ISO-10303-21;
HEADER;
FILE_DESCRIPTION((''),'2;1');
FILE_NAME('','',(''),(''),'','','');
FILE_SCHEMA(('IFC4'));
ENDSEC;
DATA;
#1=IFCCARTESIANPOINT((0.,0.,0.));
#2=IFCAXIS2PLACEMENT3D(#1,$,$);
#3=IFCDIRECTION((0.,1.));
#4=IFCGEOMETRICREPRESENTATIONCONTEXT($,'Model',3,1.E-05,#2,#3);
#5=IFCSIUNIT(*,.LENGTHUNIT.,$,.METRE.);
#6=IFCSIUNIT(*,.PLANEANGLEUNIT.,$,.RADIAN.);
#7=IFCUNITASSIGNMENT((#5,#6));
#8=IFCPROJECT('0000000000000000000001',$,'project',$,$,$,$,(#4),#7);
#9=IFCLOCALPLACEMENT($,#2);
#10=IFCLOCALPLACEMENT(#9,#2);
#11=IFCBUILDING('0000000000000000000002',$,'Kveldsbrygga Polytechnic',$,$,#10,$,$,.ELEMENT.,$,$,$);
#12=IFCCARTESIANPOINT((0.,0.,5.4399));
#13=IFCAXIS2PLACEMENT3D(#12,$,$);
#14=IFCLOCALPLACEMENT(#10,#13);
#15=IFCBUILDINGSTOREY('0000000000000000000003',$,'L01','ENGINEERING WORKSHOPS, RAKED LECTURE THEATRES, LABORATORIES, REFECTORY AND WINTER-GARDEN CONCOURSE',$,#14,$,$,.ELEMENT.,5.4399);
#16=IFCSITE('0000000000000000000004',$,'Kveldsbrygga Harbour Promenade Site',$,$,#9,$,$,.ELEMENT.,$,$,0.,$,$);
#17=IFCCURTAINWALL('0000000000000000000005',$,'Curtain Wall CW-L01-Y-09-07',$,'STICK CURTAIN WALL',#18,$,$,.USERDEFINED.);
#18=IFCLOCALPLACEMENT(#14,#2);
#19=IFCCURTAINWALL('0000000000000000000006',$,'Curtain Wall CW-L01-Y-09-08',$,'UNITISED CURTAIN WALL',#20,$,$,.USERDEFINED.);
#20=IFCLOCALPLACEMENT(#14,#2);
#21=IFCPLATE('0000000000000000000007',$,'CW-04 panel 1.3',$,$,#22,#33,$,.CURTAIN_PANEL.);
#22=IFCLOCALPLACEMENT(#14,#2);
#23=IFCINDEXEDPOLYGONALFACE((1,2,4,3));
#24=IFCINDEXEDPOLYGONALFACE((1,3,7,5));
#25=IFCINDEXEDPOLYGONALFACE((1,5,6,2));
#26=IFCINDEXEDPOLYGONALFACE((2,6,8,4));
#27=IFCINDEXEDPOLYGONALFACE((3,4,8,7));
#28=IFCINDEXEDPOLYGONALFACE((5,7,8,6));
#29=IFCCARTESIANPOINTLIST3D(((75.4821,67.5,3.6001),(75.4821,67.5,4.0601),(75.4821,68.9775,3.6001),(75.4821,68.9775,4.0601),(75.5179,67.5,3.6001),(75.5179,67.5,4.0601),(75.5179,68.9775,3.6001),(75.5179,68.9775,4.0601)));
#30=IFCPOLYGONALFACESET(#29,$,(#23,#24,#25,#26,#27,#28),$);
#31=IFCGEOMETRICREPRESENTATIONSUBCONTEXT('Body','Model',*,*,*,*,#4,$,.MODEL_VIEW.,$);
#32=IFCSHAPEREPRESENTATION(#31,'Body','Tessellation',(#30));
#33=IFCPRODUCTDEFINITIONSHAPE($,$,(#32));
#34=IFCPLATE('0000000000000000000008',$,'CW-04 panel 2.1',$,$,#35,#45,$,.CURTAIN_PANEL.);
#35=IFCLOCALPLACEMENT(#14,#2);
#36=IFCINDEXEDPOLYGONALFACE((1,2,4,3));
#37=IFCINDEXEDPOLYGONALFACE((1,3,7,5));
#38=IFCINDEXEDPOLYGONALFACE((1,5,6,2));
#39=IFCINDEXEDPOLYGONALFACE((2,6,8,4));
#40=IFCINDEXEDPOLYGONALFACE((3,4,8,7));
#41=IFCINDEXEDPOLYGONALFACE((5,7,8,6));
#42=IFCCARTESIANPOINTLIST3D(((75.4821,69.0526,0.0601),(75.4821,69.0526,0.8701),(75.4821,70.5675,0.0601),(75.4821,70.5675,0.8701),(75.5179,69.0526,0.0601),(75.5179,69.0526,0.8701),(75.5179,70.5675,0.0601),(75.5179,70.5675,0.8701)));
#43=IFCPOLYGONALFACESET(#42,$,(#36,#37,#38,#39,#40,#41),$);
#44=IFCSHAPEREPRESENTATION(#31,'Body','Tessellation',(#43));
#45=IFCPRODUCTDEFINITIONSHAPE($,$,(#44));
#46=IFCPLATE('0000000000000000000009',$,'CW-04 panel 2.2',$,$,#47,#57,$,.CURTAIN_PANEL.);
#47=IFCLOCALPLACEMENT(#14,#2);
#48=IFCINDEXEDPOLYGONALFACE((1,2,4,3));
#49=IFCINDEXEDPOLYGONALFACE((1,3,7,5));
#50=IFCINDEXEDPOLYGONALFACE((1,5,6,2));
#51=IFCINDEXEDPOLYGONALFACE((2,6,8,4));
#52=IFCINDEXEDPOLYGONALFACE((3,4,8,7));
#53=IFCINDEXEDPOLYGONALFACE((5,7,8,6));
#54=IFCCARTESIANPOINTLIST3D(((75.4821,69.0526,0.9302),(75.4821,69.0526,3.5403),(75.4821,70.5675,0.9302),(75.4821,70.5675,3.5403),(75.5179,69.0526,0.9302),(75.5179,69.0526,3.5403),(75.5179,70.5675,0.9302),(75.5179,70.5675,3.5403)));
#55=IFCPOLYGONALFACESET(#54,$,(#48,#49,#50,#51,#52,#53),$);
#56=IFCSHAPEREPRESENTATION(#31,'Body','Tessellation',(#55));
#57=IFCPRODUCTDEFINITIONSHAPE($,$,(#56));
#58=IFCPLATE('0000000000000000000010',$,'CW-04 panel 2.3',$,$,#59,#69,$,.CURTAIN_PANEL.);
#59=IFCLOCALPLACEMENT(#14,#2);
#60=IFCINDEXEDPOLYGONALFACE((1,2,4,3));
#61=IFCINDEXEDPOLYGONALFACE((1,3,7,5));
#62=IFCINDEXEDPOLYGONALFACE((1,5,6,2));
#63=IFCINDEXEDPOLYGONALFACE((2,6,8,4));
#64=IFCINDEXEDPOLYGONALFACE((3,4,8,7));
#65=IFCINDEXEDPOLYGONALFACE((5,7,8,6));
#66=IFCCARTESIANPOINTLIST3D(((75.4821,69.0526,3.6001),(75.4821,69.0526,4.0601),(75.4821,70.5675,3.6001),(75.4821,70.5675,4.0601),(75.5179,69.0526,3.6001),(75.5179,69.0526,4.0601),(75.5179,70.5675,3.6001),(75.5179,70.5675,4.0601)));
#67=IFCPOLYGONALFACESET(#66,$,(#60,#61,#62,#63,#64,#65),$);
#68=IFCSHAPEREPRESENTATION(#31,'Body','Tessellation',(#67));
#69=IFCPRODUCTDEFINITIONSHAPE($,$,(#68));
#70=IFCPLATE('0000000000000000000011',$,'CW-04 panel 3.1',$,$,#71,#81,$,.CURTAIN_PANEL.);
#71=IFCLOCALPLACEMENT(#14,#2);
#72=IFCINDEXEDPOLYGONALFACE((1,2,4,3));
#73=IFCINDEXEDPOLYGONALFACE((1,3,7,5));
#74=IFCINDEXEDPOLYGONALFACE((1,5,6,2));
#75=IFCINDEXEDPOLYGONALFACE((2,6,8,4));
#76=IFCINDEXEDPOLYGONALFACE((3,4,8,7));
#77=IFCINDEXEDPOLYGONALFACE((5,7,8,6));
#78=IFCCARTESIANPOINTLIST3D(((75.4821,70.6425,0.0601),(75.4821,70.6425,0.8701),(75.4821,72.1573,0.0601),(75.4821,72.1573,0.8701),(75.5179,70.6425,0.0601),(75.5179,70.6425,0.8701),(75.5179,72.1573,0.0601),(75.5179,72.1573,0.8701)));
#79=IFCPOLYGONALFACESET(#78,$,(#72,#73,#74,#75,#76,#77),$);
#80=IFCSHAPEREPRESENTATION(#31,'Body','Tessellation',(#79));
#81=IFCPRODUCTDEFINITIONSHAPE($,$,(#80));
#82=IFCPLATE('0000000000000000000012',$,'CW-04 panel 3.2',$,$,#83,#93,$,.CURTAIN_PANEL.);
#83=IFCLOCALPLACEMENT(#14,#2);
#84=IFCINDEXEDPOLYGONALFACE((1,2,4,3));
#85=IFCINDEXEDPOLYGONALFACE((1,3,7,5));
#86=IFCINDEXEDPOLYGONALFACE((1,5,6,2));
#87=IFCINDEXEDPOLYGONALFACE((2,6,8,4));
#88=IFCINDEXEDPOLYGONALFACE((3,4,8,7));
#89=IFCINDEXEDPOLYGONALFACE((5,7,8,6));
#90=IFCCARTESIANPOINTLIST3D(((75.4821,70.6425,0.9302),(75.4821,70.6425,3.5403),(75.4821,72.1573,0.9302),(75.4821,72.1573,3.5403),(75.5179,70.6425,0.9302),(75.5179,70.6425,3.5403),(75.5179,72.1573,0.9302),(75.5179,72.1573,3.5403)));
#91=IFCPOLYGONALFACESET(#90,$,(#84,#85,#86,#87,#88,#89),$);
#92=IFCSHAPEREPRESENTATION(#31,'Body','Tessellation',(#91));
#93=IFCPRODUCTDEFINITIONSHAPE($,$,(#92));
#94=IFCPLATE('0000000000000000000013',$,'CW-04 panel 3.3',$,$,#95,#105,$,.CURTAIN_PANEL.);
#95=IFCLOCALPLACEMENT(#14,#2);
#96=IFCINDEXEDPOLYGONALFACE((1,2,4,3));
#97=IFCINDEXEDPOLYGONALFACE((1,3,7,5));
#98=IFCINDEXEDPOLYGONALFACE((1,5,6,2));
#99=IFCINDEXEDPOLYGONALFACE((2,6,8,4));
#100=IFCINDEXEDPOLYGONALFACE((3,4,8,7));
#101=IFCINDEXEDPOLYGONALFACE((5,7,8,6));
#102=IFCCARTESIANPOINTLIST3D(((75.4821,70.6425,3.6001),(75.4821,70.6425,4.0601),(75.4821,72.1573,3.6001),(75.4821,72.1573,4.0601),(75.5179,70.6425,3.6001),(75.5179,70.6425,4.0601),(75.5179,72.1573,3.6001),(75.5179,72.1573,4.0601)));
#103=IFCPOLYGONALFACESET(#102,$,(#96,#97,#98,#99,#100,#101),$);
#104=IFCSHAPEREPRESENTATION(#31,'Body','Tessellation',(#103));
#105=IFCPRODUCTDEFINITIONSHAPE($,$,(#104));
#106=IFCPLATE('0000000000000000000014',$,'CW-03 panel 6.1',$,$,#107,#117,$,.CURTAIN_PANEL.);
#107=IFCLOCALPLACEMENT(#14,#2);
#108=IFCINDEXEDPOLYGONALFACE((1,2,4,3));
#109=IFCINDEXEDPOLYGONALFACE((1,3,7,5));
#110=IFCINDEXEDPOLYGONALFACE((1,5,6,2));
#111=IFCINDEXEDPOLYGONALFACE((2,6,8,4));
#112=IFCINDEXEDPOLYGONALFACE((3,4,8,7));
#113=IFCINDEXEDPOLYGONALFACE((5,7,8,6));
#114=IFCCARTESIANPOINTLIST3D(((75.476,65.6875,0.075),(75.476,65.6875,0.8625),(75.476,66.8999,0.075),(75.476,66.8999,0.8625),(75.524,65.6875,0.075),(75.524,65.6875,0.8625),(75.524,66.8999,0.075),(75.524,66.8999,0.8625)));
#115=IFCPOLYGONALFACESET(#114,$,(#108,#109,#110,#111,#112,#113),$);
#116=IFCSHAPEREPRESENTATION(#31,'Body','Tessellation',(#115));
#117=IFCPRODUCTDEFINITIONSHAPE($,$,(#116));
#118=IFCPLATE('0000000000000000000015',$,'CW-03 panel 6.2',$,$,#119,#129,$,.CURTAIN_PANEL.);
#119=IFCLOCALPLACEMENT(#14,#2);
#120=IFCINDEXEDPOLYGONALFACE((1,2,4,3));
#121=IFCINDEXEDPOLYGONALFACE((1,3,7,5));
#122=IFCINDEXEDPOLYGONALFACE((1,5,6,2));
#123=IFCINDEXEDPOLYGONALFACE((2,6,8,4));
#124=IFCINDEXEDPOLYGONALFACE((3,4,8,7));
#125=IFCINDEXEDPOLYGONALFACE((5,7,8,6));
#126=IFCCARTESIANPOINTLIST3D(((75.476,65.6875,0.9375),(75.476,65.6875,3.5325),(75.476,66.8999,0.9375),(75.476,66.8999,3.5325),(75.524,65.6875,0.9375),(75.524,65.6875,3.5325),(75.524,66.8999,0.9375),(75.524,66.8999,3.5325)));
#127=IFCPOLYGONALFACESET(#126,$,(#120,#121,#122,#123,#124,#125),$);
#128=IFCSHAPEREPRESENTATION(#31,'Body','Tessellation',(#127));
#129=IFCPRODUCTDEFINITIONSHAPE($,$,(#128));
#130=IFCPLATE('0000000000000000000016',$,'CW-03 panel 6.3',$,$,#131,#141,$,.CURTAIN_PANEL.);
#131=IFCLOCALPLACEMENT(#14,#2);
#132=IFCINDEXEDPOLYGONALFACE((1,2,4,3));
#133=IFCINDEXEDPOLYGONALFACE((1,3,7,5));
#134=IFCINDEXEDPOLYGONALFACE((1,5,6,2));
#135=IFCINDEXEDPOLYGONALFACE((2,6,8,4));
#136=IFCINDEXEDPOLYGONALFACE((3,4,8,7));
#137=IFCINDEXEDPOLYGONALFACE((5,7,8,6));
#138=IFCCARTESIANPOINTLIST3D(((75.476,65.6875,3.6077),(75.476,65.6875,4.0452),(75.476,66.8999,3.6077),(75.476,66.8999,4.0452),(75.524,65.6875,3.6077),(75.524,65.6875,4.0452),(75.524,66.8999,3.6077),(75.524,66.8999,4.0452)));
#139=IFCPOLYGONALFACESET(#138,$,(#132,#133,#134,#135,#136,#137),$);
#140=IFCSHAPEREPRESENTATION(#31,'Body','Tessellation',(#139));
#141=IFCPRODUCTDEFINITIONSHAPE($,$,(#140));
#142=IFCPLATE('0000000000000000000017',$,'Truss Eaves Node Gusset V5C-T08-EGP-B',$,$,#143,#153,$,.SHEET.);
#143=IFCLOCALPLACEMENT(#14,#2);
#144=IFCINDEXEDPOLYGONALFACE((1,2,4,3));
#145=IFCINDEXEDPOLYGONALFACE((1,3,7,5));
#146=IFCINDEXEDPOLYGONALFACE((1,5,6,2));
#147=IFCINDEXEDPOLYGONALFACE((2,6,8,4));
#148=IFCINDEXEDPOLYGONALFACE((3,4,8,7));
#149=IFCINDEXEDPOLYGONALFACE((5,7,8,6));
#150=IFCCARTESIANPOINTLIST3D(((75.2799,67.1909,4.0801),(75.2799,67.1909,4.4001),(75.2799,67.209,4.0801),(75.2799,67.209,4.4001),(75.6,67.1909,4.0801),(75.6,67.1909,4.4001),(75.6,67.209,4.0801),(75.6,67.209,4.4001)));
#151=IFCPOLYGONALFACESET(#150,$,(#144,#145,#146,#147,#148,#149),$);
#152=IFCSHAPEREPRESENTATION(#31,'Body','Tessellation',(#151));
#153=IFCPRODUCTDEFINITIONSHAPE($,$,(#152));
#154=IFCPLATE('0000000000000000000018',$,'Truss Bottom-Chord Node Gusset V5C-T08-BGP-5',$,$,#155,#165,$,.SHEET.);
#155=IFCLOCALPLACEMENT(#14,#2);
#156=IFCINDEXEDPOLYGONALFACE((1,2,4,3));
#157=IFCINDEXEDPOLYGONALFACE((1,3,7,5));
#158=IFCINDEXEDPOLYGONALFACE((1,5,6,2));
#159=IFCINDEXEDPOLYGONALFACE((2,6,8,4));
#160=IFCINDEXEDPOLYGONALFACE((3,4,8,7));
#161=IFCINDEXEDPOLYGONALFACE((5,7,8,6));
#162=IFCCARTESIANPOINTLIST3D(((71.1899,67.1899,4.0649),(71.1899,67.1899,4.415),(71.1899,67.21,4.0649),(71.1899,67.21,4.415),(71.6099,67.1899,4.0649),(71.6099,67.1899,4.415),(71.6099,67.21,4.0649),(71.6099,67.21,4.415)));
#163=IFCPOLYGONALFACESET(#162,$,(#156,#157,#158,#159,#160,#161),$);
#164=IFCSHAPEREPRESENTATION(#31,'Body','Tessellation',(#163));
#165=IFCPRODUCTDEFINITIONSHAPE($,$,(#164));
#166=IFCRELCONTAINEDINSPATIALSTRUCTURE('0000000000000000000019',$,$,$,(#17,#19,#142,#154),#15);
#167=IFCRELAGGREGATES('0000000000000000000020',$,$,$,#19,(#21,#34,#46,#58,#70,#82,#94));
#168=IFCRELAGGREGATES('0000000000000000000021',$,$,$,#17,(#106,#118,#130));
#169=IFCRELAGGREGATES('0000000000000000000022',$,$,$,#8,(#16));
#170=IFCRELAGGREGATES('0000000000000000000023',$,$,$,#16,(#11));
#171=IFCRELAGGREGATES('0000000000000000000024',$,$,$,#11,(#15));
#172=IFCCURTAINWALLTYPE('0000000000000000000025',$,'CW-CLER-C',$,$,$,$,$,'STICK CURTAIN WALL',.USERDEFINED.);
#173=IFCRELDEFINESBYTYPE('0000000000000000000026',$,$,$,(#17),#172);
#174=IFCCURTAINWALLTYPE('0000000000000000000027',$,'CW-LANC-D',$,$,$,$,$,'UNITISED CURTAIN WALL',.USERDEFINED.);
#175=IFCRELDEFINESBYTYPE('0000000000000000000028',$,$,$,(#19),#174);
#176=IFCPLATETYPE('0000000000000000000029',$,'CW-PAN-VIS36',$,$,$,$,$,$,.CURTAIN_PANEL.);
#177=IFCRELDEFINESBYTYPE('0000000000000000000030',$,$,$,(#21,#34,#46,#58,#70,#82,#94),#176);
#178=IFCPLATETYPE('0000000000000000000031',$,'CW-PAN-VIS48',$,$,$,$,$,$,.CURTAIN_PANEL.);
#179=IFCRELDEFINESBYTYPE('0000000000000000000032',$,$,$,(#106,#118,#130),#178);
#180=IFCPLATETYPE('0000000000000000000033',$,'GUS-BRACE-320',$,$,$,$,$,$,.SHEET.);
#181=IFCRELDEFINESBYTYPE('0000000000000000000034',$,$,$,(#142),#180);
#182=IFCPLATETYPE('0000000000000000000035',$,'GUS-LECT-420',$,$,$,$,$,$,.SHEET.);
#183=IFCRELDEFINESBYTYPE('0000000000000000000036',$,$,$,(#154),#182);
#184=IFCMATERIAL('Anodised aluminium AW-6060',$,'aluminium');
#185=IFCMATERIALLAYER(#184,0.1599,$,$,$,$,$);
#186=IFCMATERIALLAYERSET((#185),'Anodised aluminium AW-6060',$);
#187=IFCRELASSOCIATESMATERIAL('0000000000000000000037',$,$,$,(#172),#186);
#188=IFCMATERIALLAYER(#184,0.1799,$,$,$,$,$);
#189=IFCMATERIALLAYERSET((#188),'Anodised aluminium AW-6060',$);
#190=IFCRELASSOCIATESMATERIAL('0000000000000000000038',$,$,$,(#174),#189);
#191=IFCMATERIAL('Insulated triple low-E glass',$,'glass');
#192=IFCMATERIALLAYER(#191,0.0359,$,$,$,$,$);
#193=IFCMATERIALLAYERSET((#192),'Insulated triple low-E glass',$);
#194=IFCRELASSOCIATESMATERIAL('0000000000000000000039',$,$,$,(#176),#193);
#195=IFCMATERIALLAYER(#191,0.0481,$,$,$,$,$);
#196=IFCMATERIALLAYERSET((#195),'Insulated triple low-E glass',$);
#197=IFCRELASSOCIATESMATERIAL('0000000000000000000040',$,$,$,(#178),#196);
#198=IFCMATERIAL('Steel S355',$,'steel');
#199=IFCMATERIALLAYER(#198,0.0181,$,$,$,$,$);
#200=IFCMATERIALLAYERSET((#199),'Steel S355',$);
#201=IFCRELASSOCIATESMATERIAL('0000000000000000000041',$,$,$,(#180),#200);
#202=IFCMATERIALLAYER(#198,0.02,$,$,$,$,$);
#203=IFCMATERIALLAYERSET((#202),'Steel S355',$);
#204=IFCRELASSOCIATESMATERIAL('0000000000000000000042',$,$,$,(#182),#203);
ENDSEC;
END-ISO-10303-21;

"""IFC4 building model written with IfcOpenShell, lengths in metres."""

from ifc_helpers import new_model, si_unit, direction, frame, origin, origin_2d, place, context, subcontext, project, spatial, rectangle, extrude, material, layer, layer_set, type_object, element, aggregate, save


model = new_model("IFC4")

# Units and contexts
model_context = context("Model", 3, precision=1e-05, world=origin(), true_north=direction((0.0, 1.0)))
body_context = subcontext(model_context, "Body", "Model", "MODEL_VIEW")
ifc_project = project(units=[si_unit("LENGTHUNIT", "METRE"), si_unit("PLANEANGLEUNIT", "RADIAN")], contexts=[model_context])

# Site, building, storey
site_placement = place(None, origin())
site = spatial("IfcSite", under=ifc_project, at=site_placement, Name="Kveldsbrygga Harbour Promenade Site", CompositionType="ELEMENT", RefElevation=0.0)
building_placement = place(site_placement, origin())
building = spatial("IfcBuilding", under=site, at=building_placement, Name="Kveldsbrygga Polytechnic", CompositionType="ELEMENT")
storey_placement = place(building_placement, frame((0.0, 0.0, 5.4399)))
storey = spatial("IfcBuildingStorey", under=building, at=storey_placement, Name="L01", Description="ENGINEERING WORKSHOPS, RAKED LECTURE THEATRES, LABORATORIES, REFECTORY AND WINTER-GARDEN CONCOURSE", CompositionType="ELEMENT", Elevation=5.4399)

# Curtain wall
ifc_material_1 = material(Name="Anodised aluminium AW-6060", Category="aluminium")
ifc_layer_1 = layer(ifc_material_1, 0.1599)
ifc_layer_set_1 = layer_set([ifc_layer_1], Name="Anodised aluminium AW-6060")
curtain_wall_type_1 = type_object("IfcCurtainWallType", Name="CW-CLER-C", ElementType="STICK CURTAIN WALL", PredefinedType="USERDEFINED", material=ifc_layer_set_1)
curtain_wall_1_placement = place(storey_placement, origin())
curtain_wall_1 = element("IfcCurtainWall", 1, at=curtain_wall_1_placement, inside=storey, type_object=curtain_wall_type_1, Name="Curtain Wall CW-L01-Y-09-07", ObjectType="STICK CURTAIN WALL", PredefinedType="USERDEFINED")

# Curtain wall
ifc_layer_2 = layer(ifc_material_1, 0.1799)
ifc_layer_set_2 = layer_set([ifc_layer_2], Name="Anodised aluminium AW-6060")
curtain_wall_type_2 = type_object("IfcCurtainWallType", Name="CW-LANC-D", ElementType="UNITISED CURTAIN WALL", PredefinedType="USERDEFINED", material=ifc_layer_set_2)
curtain_wall_2_placement = place(storey_placement, origin())
curtain_wall_2 = element("IfcCurtainWall", 2, at=curtain_wall_2_placement, inside=storey, type_object=curtain_wall_type_2, Name="Curtain Wall CW-L01-Y-09-08", ObjectType="UNITISED CURTAIN WALL", PredefinedType="USERDEFINED")

# Shared definitions
ifc_material_2 = material(Name="Steel S355", Category="steel")

# Plates
ifc_material_3 = material(Name="Insulated triple low-E glass", Category="glass")
ifc_layer_3 = layer(ifc_material_3, 0.0359)
ifc_layer_set_3 = layer_set([ifc_layer_3], Name="Insulated triple low-E glass")
plate_type_1 = type_object("IfcPlateType", Name="CW-PAN-VIS36", PredefinedType="CURTAIN_PANEL", material=ifc_layer_set_3)
plate_1_placement = place(storey_placement, frame((75.5, 68.2388, 3.6001), z_axis=(0.0, 0.0, 1.0), x_axis=(0.0, 1.0, 0.0)))
plate_1 = element("IfcPlate", 3, at=plate_1_placement, type_object=plate_type_1, Name="CW-04 panel 1.3", PredefinedType="CURTAIN_PANEL", context=body_context, shape_type="SweptSolid", body=[
    extrude(rectangle(XDim=1.4775, YDim=0.0359, at=origin_2d()), origin(), (0.0, 0.0, 1.0), 0.46),
])
plate_2_placement = place(storey_placement, frame((75.5, 69.8101, 0.0601), z_axis=(0.0, 0.0, 1.0), x_axis=(0.0, 1.0, 0.0)))
plate_2 = element("IfcPlate", 4, at=plate_2_placement, type_object=plate_type_1, Name="CW-04 panel 2.1", PredefinedType="CURTAIN_PANEL", context=body_context, shape_type="SweptSolid", body=[
    extrude(rectangle(XDim=1.5149, YDim=0.0359, at=origin_2d()), origin(), (0.0, 0.0, 1.0), 0.8101),
])
plate_3_placement = place(storey_placement, frame((75.5, 69.8101, 0.9302), z_axis=(0.0, 0.0, 1.0), x_axis=(0.0, 1.0, 0.0)))
plate_3 = element("IfcPlate", 5, at=plate_3_placement, type_object=plate_type_1, Name="CW-04 panel 2.2", PredefinedType="CURTAIN_PANEL", context=body_context, shape_type="SweptSolid", body=[
    extrude(rectangle(XDim=1.5149, YDim=0.0359, at=origin_2d()), origin(), (0.0, 0.0, 1.0), 2.6101),
])
plate_4_placement = place(storey_placement, frame((75.5, 69.8101, 3.6001), z_axis=(0.0, 0.0, 1.0), x_axis=(0.0, 1.0, 0.0)))
plate_4 = element("IfcPlate", 6, at=plate_4_placement, type_object=plate_type_1, Name="CW-04 panel 2.3", PredefinedType="CURTAIN_PANEL", context=body_context, shape_type="SweptSolid", body=[
    extrude(rectangle(XDim=1.5149, YDim=0.0359, at=origin_2d()), origin(), (0.0, 0.0, 1.0), 0.46),
])
plate_5_placement = place(storey_placement, frame((75.5, 71.3999, 0.0601), z_axis=(0.0, 0.0, 1.0), x_axis=(0.0, 1.0, 0.0)))
plate_5 = element("IfcPlate", 7, at=plate_5_placement, type_object=plate_type_1, Name="CW-04 panel 3.1", PredefinedType="CURTAIN_PANEL", context=body_context, shape_type="SweptSolid", body=[
    extrude(rectangle(XDim=1.5149, YDim=0.0359, at=origin_2d()), origin(), (0.0, 0.0, 1.0), 0.8101),
])
plate_6_placement = place(storey_placement, frame((75.5, 71.3999, 0.9302), z_axis=(0.0, 0.0, 1.0), x_axis=(0.0, 1.0, 0.0)))
plate_6 = element("IfcPlate", 8, at=plate_6_placement, type_object=plate_type_1, Name="CW-04 panel 3.2", PredefinedType="CURTAIN_PANEL", context=body_context, shape_type="SweptSolid", body=[
    extrude(rectangle(XDim=1.5149, YDim=0.0359, at=origin_2d()), origin(), (0.0, 0.0, 1.0), 2.6101),
])
plate_7_placement = place(storey_placement, frame((75.5, 71.3999, 3.6001), z_axis=(0.0, 0.0, 1.0), x_axis=(0.0, 1.0, 0.0)))
plate_7 = element("IfcPlate", 9, at=plate_7_placement, type_object=plate_type_1, Name="CW-04 panel 3.3", PredefinedType="CURTAIN_PANEL", context=body_context, shape_type="SweptSolid", body=[
    extrude(rectangle(XDim=1.5149, YDim=0.0359, at=origin_2d()), origin(), (0.0, 0.0, 1.0), 0.46),
])
aggregate(curtain_wall_2, [plate_1, plate_2, plate_3, plate_4, plate_5, plate_6, plate_7])
ifc_layer_4 = layer(ifc_material_3, 0.0481)
ifc_layer_set_4 = layer_set([ifc_layer_4], Name="Insulated triple low-E glass")
plate_type_2 = type_object("IfcPlateType", Name="CW-PAN-VIS48", PredefinedType="CURTAIN_PANEL", material=ifc_layer_set_4)
plate_8_placement = place(storey_placement, frame((75.5, 66.2937, 0.075), z_axis=(0.0, 0.0, 1.0), x_axis=(0.0, 1.0, 0.0)))
plate_8 = element("IfcPlate", 10, at=plate_8_placement, type_object=plate_type_2, Name="CW-03 panel 6.1", PredefinedType="CURTAIN_PANEL", context=body_context, shape_type="SweptSolid", body=[
    extrude(rectangle(XDim=1.2124, YDim=0.0481, at=origin_2d()), origin(), (0.0, 0.0, 1.0), 0.7876),
])
plate_9_placement = place(storey_placement, frame((75.5, 66.2937, 0.9375), z_axis=(0.0, 0.0, 1.0), x_axis=(0.0, 1.0, 0.0)))
plate_9 = element("IfcPlate", 11, at=plate_9_placement, type_object=plate_type_2, Name="CW-03 panel 6.2", PredefinedType="CURTAIN_PANEL", context=body_context, shape_type="SweptSolid", body=[
    extrude(rectangle(XDim=1.2124, YDim=0.0481, at=origin_2d()), origin(), (0.0, 0.0, 1.0), 2.595),
])
plate_10_placement = place(storey_placement, frame((75.5, 66.2937, 3.6077), z_axis=(0.0, 0.0, 1.0), x_axis=(0.0, 1.0, 0.0)))
plate_10 = element("IfcPlate", 12, at=plate_10_placement, type_object=plate_type_2, Name="CW-03 panel 6.3", PredefinedType="CURTAIN_PANEL", context=body_context, shape_type="SweptSolid", body=[
    extrude(rectangle(XDim=1.2124, YDim=0.0481, at=origin_2d()), origin(), (0.0, 0.0, 1.0), 0.4375),
])
aggregate(curtain_wall_1, [plate_8, plate_9, plate_10])

# Plates
ifc_layer_5 = layer(ifc_material_2, 0.0181)
ifc_layer_set_5 = layer_set([ifc_layer_5], Name="Steel S355")
plate_type_3 = type_object("IfcPlateType", Name="GUS-BRACE-320", PredefinedType="SHEET", material=ifc_layer_set_5)
plate_11_placement = place(storey_placement, frame((75.4399, 67.2, 4.0801), z_axis=(0.0, 0.0, 1.0), x_axis=(1.0, 0.0, 0.0)))
element("IfcPlate", 13, at=plate_11_placement, inside=storey, type_object=plate_type_3, Name="Truss Eaves Node Gusset V5C-T08-EGP-B", PredefinedType="SHEET", context=body_context, shape_type="SweptSolid", body=[
    extrude(rectangle(XDim=0.3201, YDim=0.0181, at=origin_2d()), origin(), (0.0, 0.0, 1.0), 0.3201),
])
ifc_layer_6 = layer(ifc_material_2, 0.02)
ifc_layer_set_6 = layer_set([ifc_layer_6], Name="Steel S355")
plate_type_4 = type_object("IfcPlateType", Name="GUS-LECT-420", PredefinedType="SHEET", material=ifc_layer_set_6)
plate_12_placement = place(storey_placement, frame((71.3999, 67.2, 4.0649), z_axis=(0.0, 0.0, 1.0), x_axis=(1.0, 0.0, 0.0)))
element("IfcPlate", 14, at=plate_12_placement, inside=storey, type_object=plate_type_4, Name="Truss Bottom-Chord Node Gusset V5C-T08-BGP-5", PredefinedType="SHEET", context=body_context, shape_type="SweptSolid", body=[
    extrude(rectangle(XDim=0.4199, YDim=0.02, at=origin_2d()), origin(), (0.0, 0.0, 1.0), 0.3501),
])

save(model, "model.ifc")
